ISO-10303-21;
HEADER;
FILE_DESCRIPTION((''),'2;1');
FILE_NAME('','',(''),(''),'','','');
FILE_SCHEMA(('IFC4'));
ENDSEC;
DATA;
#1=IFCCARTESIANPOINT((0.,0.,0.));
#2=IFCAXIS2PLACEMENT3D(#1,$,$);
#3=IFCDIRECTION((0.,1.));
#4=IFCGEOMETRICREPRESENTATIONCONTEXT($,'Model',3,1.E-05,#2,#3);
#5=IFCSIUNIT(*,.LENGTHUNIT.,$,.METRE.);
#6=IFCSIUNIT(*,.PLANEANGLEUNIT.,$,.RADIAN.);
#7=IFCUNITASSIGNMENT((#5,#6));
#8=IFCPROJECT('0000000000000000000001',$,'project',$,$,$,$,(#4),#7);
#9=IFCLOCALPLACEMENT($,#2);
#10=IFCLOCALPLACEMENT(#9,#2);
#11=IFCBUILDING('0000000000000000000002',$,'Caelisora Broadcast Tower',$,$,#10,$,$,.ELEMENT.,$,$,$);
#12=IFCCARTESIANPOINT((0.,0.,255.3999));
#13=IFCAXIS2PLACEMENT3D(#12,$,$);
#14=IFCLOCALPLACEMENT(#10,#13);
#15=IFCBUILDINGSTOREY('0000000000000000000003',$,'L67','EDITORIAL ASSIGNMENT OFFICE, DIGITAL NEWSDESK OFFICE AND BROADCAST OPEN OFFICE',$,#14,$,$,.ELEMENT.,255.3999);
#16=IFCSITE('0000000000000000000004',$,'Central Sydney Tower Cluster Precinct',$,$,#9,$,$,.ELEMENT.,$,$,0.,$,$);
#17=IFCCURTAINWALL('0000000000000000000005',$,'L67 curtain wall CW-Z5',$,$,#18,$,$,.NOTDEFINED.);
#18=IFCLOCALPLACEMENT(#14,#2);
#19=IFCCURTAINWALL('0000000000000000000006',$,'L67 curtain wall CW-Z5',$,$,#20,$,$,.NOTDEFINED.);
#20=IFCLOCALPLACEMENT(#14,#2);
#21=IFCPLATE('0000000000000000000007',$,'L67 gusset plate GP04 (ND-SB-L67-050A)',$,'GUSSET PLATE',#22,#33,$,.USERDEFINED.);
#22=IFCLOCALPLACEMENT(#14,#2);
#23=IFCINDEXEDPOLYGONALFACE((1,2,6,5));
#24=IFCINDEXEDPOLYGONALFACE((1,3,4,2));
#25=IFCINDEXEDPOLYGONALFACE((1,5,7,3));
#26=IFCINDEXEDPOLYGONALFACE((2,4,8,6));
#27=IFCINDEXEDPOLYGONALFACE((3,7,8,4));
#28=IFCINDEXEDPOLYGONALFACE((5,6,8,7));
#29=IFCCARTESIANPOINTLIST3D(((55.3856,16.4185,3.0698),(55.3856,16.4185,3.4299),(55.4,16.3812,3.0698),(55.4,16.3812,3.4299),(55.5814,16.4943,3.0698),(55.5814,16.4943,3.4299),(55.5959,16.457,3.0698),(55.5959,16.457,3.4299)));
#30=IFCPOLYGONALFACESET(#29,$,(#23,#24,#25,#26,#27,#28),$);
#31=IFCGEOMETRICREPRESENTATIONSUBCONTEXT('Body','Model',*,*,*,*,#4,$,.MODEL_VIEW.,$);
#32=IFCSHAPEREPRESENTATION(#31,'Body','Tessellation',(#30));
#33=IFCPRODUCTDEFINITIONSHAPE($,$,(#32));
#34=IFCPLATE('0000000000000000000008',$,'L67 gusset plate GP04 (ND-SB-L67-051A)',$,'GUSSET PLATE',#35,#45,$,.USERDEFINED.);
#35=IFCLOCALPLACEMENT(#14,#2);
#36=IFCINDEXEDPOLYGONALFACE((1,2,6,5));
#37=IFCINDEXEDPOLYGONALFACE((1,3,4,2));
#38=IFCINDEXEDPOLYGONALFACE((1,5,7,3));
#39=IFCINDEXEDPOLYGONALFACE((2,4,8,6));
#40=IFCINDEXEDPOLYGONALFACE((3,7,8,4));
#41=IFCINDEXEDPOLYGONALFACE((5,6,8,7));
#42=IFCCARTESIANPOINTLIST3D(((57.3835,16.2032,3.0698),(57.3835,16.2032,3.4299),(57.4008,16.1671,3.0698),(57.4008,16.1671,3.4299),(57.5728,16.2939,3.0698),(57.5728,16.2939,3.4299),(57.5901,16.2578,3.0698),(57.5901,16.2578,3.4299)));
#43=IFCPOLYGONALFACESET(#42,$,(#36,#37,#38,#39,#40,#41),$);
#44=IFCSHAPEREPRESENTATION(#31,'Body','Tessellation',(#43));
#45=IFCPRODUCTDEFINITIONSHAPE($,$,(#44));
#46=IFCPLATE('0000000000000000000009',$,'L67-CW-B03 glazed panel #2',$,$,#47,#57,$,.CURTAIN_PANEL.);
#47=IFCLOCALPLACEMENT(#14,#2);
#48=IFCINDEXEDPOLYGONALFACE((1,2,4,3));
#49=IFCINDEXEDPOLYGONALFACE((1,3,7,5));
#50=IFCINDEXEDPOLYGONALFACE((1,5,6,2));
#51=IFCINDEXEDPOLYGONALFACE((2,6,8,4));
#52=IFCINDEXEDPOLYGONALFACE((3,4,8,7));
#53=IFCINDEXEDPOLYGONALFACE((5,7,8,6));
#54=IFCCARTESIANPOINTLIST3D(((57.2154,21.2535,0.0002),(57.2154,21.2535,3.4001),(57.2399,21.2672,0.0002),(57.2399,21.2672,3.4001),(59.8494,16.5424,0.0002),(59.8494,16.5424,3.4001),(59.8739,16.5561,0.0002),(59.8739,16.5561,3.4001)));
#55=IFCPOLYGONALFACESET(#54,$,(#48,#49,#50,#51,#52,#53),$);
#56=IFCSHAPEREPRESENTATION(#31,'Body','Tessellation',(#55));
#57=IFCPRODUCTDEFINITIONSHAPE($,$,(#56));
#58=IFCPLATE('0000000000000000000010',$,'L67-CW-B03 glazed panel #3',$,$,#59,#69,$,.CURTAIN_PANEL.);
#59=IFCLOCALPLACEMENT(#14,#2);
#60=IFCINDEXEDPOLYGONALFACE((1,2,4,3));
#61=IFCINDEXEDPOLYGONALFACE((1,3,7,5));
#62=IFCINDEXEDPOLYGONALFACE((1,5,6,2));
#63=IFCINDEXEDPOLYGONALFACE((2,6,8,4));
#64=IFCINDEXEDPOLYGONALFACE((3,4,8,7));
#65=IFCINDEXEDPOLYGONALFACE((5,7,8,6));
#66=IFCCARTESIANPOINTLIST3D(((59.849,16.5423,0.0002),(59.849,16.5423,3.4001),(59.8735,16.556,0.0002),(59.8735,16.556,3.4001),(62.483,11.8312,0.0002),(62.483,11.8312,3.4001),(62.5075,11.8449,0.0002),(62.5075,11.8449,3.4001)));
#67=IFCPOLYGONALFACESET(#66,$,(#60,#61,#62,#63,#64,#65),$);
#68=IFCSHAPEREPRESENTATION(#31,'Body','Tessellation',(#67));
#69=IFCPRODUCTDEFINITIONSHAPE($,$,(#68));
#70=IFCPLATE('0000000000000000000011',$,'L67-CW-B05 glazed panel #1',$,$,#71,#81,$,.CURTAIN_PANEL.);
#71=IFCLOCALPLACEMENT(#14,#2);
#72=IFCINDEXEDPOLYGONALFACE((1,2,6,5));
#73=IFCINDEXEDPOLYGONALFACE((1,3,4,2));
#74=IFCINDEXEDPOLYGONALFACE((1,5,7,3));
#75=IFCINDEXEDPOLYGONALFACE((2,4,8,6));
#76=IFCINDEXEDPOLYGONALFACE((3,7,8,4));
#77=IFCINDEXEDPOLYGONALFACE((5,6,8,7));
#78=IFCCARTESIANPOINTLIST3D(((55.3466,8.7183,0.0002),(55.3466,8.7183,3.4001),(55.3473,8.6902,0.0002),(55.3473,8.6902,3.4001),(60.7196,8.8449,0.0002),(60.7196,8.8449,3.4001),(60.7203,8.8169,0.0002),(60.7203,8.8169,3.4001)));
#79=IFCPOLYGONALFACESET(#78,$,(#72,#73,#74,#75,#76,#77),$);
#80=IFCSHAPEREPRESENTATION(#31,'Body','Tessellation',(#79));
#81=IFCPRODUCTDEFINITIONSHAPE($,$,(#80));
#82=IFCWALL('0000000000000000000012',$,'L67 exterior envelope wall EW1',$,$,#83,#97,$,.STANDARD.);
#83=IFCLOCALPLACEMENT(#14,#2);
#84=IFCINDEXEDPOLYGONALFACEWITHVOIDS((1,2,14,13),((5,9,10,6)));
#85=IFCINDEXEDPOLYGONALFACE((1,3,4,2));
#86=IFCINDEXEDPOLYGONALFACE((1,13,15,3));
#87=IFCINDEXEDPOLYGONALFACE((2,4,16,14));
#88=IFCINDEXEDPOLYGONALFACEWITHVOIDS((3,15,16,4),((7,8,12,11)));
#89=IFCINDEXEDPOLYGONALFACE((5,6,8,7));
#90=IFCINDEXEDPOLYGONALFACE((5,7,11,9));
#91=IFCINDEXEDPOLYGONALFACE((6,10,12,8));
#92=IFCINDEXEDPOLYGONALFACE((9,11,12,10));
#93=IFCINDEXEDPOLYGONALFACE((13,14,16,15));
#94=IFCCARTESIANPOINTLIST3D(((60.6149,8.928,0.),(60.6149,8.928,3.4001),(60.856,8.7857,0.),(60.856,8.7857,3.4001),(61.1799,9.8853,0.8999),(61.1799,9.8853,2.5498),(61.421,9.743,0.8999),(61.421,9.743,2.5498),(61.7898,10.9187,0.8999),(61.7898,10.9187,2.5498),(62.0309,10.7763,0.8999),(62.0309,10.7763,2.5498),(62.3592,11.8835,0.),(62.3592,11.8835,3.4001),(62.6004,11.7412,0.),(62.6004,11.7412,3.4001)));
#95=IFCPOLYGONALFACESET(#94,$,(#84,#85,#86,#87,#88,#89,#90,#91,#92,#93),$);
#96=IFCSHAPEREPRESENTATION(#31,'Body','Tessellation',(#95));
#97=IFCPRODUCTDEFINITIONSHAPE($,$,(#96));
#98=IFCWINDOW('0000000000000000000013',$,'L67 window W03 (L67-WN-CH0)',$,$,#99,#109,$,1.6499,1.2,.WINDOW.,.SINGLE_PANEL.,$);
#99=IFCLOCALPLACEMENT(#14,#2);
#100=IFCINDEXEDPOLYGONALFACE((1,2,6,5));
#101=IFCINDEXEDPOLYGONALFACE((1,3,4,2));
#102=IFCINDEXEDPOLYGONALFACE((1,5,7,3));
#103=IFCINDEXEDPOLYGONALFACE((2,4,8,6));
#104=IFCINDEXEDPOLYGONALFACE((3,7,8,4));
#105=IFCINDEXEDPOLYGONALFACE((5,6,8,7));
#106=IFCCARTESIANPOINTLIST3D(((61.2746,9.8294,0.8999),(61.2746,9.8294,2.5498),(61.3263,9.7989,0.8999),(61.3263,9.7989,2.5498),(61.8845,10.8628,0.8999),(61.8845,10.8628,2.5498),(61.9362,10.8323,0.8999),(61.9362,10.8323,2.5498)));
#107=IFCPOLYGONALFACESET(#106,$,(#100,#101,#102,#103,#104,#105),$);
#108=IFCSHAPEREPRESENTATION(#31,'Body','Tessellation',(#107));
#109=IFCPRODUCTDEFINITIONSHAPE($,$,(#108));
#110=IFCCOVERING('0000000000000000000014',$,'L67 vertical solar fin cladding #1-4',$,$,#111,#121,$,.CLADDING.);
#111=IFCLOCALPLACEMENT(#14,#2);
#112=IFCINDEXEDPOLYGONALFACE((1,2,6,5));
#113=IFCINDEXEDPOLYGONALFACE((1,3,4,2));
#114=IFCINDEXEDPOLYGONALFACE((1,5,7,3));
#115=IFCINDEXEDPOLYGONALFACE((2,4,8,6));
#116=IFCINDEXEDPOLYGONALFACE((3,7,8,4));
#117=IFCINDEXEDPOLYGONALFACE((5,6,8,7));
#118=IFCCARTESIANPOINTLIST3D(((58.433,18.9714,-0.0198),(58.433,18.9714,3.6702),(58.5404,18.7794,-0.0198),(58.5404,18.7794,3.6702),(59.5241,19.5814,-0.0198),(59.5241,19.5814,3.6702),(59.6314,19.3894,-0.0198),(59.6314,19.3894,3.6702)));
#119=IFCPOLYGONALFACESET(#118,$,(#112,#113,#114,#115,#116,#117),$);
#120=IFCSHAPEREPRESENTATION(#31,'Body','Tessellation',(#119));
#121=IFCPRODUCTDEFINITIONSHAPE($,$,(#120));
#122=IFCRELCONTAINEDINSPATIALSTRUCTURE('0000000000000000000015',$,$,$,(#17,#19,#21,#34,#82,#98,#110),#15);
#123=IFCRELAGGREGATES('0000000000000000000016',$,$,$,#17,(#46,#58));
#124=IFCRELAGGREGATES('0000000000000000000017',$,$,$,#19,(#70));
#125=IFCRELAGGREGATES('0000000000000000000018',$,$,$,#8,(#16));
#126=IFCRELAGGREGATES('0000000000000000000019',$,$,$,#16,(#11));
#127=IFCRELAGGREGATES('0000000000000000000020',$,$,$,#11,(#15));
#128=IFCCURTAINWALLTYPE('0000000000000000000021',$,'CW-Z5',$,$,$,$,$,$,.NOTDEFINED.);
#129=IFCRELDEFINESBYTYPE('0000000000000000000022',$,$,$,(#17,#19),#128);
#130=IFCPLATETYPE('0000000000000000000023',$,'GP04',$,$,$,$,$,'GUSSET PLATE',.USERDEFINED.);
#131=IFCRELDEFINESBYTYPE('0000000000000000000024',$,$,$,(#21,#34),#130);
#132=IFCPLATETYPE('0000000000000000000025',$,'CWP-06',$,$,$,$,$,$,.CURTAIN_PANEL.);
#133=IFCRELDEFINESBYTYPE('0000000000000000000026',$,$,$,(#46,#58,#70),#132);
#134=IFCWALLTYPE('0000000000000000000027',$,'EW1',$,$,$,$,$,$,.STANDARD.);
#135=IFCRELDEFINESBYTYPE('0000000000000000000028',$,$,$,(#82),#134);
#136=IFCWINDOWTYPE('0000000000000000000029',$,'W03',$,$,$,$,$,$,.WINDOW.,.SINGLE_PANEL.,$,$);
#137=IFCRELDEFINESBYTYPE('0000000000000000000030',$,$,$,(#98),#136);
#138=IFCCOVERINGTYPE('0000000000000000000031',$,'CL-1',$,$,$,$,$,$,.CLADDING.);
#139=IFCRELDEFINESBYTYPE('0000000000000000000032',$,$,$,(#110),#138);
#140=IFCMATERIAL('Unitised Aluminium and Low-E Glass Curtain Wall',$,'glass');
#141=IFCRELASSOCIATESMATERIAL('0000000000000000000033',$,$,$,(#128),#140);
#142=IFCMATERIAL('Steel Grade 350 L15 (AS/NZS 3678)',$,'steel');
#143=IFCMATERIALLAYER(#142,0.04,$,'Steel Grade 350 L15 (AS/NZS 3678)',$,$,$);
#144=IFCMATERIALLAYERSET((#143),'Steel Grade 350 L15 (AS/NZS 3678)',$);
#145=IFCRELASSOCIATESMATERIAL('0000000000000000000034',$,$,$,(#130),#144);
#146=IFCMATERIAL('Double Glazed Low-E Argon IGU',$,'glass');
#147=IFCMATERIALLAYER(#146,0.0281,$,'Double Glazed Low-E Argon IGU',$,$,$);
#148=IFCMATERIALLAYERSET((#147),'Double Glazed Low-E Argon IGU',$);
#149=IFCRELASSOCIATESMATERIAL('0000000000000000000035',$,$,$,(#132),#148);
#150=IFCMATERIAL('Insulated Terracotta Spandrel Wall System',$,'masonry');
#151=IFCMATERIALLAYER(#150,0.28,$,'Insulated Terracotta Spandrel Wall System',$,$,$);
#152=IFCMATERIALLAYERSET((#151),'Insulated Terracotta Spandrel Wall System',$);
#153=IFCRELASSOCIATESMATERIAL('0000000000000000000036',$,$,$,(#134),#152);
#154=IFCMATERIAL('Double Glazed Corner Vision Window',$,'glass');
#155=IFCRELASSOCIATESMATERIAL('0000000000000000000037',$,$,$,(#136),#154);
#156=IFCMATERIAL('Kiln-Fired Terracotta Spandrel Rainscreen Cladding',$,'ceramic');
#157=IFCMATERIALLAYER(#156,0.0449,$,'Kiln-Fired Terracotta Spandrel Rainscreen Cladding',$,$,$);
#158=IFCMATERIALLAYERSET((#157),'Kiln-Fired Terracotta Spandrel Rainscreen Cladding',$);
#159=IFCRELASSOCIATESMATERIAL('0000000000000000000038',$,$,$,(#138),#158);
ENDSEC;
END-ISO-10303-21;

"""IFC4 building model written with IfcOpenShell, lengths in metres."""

from ifc_helpers import new_model, si_unit, direction, frame, frame_2d, origin, origin_2d, place, context, subcontext, project, spatial, rectangle, extrude, source, transform, mapped, material, layer, layer_set, type_object, type_shapes, element, fill, aggregate, save


model = new_model("IFC4")

# Units and contexts
model_context = context("Model", 3, precision=1e-05, world=origin(), true_north=direction((0.0, 1.0)))
body_context = subcontext(model_context, "Body", "Model", "MODEL_VIEW")
ifc_project = project(units=[si_unit("LENGTHUNIT", "METRE"), si_unit("PLANEANGLEUNIT", "RADIAN")], contexts=[model_context])

# Site, building, storey
site_placement = place(None, origin())
site = spatial("IfcSite", under=ifc_project, at=site_placement, Name="Central Sydney Tower Cluster Precinct", CompositionType="ELEMENT", RefElevation=0.0)
building_placement = place(site_placement, origin())
building = spatial("IfcBuilding", under=site, at=building_placement, Name="Caelisora Broadcast Tower", CompositionType="ELEMENT")
storey_placement = place(building_placement, frame((0.0, 0.0, 255.3999)))
storey = spatial("IfcBuildingStorey", under=building, at=storey_placement, Name="L67", Description="EDITORIAL ASSIGNMENT OFFICE, DIGITAL NEWSDESK OFFICE AND BROADCAST OPEN OFFICE", CompositionType="ELEMENT", Elevation=255.3999)

# Shared definitions
ifc_material_1 = material(Name="Steel Grade 350 L15 (AS/NZS 3678)", Category="steel")

# Curtain walls
ifc_material_2 = material(Name="Unitised Aluminium and Low-E Glass Curtain Wall", Category="glass")
curtain_wall_type = type_object("IfcCurtainWallType", Name="CW-Z5", PredefinedType="NOTDEFINED", material=ifc_material_2)
curtain_wall_1_placement = place(storey_placement, origin())
curtain_wall_1 = element("IfcCurtainWall", 1, at=curtain_wall_1_placement, inside=storey, type_object=curtain_wall_type, Name="L67 curtain wall CW-Z5", PredefinedType="NOTDEFINED")
curtain_wall_2_placement = place(storey_placement, origin())
curtain_wall_2 = element("IfcCurtainWall", 2, at=curtain_wall_2_placement, inside=storey, type_object=curtain_wall_type, Name="L67 curtain wall CW-Z5", PredefinedType="NOTDEFINED")

# Plates
ifc_layer_1 = layer(ifc_material_1, 0.04, Name="Steel Grade 350 L15 (AS/NZS 3678)")
ifc_layer_set_1 = layer_set([ifc_layer_1], Name="Steel Grade 350 L15 (AS/NZS 3678)")
plate_type_1 = type_object("IfcPlateType", Name="GP04", ElementType="GUSSET PLATE", PredefinedType="USERDEFINED", material=ifc_layer_set_1)
shared_shape_1 = source(origin(), body_context, "Body", "SweptSolid", [
    extrude(rectangle(XDim=0.21, YDim=0.04, at=origin_2d()), origin(), (0.0, 0.0, 1.0), 0.3601),
])
type_shapes(plate_type_1, [shared_shape_1])
for number, where, z_axis, x_axis, name in (
    (3, (55.4907, 16.4377, 3.0698), (0.0, 0.0, 1.0), (-0.932576, -0.360974, 0.0), "L67 gusset plate GP04 (ND-SB-L67-050A)"),
    (4, (57.4868, 16.2305, 3.0698), (0.0, 0.0, 1.0), (-0.901833, -0.432086, 0.0), "L67 gusset plate GP04 (ND-SB-L67-051A)"),
):
    element("IfcPlate", number, at=place(storey_placement, frame(where, z_axis=z_axis, x_axis=x_axis)), inside=storey, type_object=plate_type_1, Name=name, ObjectType="GUSSET PLATE", PredefinedType="USERDEFINED", context=body_context, shape_type="MappedRepresentation", body=[
        mapped(shared_shape_1, transform((0.0, 0.0, 0.0), scale=1.0)),
    ])

# Plates
ifc_material_3 = material(Name="Double Glazed Low-E Argon IGU", Category="glass")
ifc_layer_2 = layer(ifc_material_3, 0.0281, Name="Double Glazed Low-E Argon IGU")
ifc_layer_set_2 = layer_set([ifc_layer_2], Name="Double Glazed Low-E Argon IGU")
plate_type_2 = type_object("IfcPlateType", Name="CWP-06", PredefinedType="CURTAIN_PANEL", material=ifc_layer_set_2)
shared_shape_2 = source(origin(), body_context, "Body", "SweptSolid", [
    extrude(rectangle(XDim=5.3975, YDim=0.0281, at=origin_2d()), origin(), (0.0, 0.0, 1.0), 3.3999),
])
plate_1_placement = place(storey_placement, frame((58.5447, 18.9048, 0.0002), z_axis=(0.0, 0.0, 1.0), x_axis=(0.488012, -0.872837, 0.0)))
plate_1 = element("IfcPlate", 5, at=plate_1_placement, type_object=plate_type_2, Name="L67-CW-B03 glazed panel #2", PredefinedType="CURTAIN_PANEL", context=body_context, shape_type="MappedRepresentation", body=[
    mapped(shared_shape_2, transform((0.0, 0.0, 0.0), scale=1.0)),
])
plate_2_placement = place(storey_placement, frame((61.1782, 14.1936, 0.0002), z_axis=(0.0, 0.0, 1.0), x_axis=(0.488012, -0.872837, 0.0)))
plate_2 = element("IfcPlate", 6, at=plate_2_placement, type_object=plate_type_2, Name="L67-CW-B03 glazed panel #3", PredefinedType="CURTAIN_PANEL", context=body_context, shape_type="MappedRepresentation", body=[
    mapped(shared_shape_2, transform((0.0, 0.0, 0.0), scale=1.0)),
])
aggregate(curtain_wall_1, [plate_1, plate_2])
shared_shape_3 = source(origin(), body_context, "Body", "SweptSolid", [
    extrude(rectangle(XDim=5.3745, YDim=0.0281, at=origin_2d()), origin(), (0.0, 0.0, 1.0), 3.3999),
])
type_shapes(plate_type_2, [shared_shape_2, shared_shape_3])
plate_3_placement = place(storey_placement, frame((58.0334, 8.7676, 0.0002), z_axis=(0.0, 0.0, 1.0), x_axis=(-0.999722, -0.02356, 0.0)))
plate_3 = element("IfcPlate", 7, at=plate_3_placement, type_object=plate_type_2, Name="L67-CW-B05 glazed panel #1", PredefinedType="CURTAIN_PANEL", context=body_context, shape_type="MappedRepresentation", body=[
    mapped(shared_shape_3, transform((0.0, 0.0, 0.0), scale=1.0)),
])
aggregate(curtain_wall_2, [plate_3])

# Wall, opening, window
ifc_material_4 = material(Name="Insulated Terracotta Spandrel Wall System", Category="masonry")
ifc_layer_3 = layer(ifc_material_4, 0.28, Name="Insulated Terracotta Spandrel Wall System")
ifc_layer_set_3 = layer_set([ifc_layer_3], Name="Insulated Terracotta Spandrel Wall System")
wall_type = type_object("IfcWallType", Name="EW1", PredefinedType="STANDARD", material=ifc_layer_set_3)
wall_placement = place(storey_placement, frame((62.4797, 11.8123, 0.0), z_axis=(0.0, 0.0, 1.0), x_axis=(-0.508279, -0.861193, 0.0)))
wall = element("IfcWall", 8, at=wall_placement, inside=storey, type_object=wall_type, Name="L67 exterior envelope wall EW1", PredefinedType="STANDARD", context=body_context, shape_type="SweptSolid", body=[
    extrude(rectangle(XDim=3.4319, YDim=0.28, at=frame_2d((1.7158, 0.0))), origin(), (0.0, 0.0, 1.0), 3.4001),
])
opening_placement = place(wall_placement, frame((1.1201, 0.0, 0.8999)))
opening = element("IfcOpeningElement", 9, at=opening_placement, cuts=wall, PredefinedType="OPENING", context=body_context, shape_type="SweptSolid", body=[
    extrude(rectangle(XDim=1.2, YDim=1.6499, at=frame_2d((0.6001, 0.825))), frame((0.0, 0.1521, 0.0), z_axis=(0.0, -1.0, 0.0), x_axis=(1.0, 0.0, 0.0)), (0.0, 0.0, 1.0), 0.304),
])
ifc_material_5 = material(Name="Double Glazed Corner Vision Window", Category="glass")
window_type = type_object("IfcWindowType", Name="W03", PartitioningType="SINGLE_PANEL", PredefinedType="WINDOW", material=ifc_material_5)
window_placement = place(opening_placement, origin())
window = element("IfcWindow", 10, at=window_placement, inside=storey, type_object=window_type, Name="L67 window W03 (L67-WN-CH0)", OverallHeight=1.6499, OverallWidth=1.2, PartitioningType="SINGLE_PANEL", PredefinedType="WINDOW", context=body_context, shape_type="SweptSolid", body=[
    extrude(rectangle(XDim=1.2, YDim=1.6499, at=frame_2d((0.6001, 0.825))), frame((0.0, 0.03, 0.0), z_axis=(0.0, -1.0, 0.0), x_axis=(1.0, 0.0, 0.0)), (0.0, 0.0, 1.0), 0.0601),
])
fill(opening, window)

# Covering
ifc_material_6 = material(Name="Kiln-Fired Terracotta Spandrel Rainscreen Cladding", Category="ceramic")
ifc_layer_4 = layer(ifc_material_6, 0.0449, Name="Kiln-Fired Terracotta Spandrel Rainscreen Cladding")
ifc_layer_set_4 = layer_set([ifc_layer_4], Name="Kiln-Fired Terracotta Spandrel Rainscreen Cladding")
covering_type = type_object("IfcCoveringType", Name="CL-1", PredefinedType="CLADDING", material=ifc_layer_set_4)
shared_shape_4 = source(origin(), body_context, "Body", "SweptSolid", [
    extrude(rectangle(XDim=0.22, YDim=1.25, at=origin_2d()), origin(), (0.0, 0.0, 1.0), 3.6899),
])
type_shapes(covering_type, [shared_shape_4])
covering_placement = place(storey_placement, frame((59.0322, 19.1804, -0.0198), z_axis=(0.0, 0.0, 1.0), x_axis=(0.488012, -0.872837, 0.0)))
element("IfcCovering", 11, at=covering_placement, inside=storey, type_object=covering_type, Name="L67 vertical solar fin cladding #1-4", PredefinedType="CLADDING", context=body_context, shape_type="MappedRepresentation", body=[
    mapped(shared_shape_4, transform((0.0, 0.0, 0.0), scale=1.0)),
])

save(model, "model.ifc")
